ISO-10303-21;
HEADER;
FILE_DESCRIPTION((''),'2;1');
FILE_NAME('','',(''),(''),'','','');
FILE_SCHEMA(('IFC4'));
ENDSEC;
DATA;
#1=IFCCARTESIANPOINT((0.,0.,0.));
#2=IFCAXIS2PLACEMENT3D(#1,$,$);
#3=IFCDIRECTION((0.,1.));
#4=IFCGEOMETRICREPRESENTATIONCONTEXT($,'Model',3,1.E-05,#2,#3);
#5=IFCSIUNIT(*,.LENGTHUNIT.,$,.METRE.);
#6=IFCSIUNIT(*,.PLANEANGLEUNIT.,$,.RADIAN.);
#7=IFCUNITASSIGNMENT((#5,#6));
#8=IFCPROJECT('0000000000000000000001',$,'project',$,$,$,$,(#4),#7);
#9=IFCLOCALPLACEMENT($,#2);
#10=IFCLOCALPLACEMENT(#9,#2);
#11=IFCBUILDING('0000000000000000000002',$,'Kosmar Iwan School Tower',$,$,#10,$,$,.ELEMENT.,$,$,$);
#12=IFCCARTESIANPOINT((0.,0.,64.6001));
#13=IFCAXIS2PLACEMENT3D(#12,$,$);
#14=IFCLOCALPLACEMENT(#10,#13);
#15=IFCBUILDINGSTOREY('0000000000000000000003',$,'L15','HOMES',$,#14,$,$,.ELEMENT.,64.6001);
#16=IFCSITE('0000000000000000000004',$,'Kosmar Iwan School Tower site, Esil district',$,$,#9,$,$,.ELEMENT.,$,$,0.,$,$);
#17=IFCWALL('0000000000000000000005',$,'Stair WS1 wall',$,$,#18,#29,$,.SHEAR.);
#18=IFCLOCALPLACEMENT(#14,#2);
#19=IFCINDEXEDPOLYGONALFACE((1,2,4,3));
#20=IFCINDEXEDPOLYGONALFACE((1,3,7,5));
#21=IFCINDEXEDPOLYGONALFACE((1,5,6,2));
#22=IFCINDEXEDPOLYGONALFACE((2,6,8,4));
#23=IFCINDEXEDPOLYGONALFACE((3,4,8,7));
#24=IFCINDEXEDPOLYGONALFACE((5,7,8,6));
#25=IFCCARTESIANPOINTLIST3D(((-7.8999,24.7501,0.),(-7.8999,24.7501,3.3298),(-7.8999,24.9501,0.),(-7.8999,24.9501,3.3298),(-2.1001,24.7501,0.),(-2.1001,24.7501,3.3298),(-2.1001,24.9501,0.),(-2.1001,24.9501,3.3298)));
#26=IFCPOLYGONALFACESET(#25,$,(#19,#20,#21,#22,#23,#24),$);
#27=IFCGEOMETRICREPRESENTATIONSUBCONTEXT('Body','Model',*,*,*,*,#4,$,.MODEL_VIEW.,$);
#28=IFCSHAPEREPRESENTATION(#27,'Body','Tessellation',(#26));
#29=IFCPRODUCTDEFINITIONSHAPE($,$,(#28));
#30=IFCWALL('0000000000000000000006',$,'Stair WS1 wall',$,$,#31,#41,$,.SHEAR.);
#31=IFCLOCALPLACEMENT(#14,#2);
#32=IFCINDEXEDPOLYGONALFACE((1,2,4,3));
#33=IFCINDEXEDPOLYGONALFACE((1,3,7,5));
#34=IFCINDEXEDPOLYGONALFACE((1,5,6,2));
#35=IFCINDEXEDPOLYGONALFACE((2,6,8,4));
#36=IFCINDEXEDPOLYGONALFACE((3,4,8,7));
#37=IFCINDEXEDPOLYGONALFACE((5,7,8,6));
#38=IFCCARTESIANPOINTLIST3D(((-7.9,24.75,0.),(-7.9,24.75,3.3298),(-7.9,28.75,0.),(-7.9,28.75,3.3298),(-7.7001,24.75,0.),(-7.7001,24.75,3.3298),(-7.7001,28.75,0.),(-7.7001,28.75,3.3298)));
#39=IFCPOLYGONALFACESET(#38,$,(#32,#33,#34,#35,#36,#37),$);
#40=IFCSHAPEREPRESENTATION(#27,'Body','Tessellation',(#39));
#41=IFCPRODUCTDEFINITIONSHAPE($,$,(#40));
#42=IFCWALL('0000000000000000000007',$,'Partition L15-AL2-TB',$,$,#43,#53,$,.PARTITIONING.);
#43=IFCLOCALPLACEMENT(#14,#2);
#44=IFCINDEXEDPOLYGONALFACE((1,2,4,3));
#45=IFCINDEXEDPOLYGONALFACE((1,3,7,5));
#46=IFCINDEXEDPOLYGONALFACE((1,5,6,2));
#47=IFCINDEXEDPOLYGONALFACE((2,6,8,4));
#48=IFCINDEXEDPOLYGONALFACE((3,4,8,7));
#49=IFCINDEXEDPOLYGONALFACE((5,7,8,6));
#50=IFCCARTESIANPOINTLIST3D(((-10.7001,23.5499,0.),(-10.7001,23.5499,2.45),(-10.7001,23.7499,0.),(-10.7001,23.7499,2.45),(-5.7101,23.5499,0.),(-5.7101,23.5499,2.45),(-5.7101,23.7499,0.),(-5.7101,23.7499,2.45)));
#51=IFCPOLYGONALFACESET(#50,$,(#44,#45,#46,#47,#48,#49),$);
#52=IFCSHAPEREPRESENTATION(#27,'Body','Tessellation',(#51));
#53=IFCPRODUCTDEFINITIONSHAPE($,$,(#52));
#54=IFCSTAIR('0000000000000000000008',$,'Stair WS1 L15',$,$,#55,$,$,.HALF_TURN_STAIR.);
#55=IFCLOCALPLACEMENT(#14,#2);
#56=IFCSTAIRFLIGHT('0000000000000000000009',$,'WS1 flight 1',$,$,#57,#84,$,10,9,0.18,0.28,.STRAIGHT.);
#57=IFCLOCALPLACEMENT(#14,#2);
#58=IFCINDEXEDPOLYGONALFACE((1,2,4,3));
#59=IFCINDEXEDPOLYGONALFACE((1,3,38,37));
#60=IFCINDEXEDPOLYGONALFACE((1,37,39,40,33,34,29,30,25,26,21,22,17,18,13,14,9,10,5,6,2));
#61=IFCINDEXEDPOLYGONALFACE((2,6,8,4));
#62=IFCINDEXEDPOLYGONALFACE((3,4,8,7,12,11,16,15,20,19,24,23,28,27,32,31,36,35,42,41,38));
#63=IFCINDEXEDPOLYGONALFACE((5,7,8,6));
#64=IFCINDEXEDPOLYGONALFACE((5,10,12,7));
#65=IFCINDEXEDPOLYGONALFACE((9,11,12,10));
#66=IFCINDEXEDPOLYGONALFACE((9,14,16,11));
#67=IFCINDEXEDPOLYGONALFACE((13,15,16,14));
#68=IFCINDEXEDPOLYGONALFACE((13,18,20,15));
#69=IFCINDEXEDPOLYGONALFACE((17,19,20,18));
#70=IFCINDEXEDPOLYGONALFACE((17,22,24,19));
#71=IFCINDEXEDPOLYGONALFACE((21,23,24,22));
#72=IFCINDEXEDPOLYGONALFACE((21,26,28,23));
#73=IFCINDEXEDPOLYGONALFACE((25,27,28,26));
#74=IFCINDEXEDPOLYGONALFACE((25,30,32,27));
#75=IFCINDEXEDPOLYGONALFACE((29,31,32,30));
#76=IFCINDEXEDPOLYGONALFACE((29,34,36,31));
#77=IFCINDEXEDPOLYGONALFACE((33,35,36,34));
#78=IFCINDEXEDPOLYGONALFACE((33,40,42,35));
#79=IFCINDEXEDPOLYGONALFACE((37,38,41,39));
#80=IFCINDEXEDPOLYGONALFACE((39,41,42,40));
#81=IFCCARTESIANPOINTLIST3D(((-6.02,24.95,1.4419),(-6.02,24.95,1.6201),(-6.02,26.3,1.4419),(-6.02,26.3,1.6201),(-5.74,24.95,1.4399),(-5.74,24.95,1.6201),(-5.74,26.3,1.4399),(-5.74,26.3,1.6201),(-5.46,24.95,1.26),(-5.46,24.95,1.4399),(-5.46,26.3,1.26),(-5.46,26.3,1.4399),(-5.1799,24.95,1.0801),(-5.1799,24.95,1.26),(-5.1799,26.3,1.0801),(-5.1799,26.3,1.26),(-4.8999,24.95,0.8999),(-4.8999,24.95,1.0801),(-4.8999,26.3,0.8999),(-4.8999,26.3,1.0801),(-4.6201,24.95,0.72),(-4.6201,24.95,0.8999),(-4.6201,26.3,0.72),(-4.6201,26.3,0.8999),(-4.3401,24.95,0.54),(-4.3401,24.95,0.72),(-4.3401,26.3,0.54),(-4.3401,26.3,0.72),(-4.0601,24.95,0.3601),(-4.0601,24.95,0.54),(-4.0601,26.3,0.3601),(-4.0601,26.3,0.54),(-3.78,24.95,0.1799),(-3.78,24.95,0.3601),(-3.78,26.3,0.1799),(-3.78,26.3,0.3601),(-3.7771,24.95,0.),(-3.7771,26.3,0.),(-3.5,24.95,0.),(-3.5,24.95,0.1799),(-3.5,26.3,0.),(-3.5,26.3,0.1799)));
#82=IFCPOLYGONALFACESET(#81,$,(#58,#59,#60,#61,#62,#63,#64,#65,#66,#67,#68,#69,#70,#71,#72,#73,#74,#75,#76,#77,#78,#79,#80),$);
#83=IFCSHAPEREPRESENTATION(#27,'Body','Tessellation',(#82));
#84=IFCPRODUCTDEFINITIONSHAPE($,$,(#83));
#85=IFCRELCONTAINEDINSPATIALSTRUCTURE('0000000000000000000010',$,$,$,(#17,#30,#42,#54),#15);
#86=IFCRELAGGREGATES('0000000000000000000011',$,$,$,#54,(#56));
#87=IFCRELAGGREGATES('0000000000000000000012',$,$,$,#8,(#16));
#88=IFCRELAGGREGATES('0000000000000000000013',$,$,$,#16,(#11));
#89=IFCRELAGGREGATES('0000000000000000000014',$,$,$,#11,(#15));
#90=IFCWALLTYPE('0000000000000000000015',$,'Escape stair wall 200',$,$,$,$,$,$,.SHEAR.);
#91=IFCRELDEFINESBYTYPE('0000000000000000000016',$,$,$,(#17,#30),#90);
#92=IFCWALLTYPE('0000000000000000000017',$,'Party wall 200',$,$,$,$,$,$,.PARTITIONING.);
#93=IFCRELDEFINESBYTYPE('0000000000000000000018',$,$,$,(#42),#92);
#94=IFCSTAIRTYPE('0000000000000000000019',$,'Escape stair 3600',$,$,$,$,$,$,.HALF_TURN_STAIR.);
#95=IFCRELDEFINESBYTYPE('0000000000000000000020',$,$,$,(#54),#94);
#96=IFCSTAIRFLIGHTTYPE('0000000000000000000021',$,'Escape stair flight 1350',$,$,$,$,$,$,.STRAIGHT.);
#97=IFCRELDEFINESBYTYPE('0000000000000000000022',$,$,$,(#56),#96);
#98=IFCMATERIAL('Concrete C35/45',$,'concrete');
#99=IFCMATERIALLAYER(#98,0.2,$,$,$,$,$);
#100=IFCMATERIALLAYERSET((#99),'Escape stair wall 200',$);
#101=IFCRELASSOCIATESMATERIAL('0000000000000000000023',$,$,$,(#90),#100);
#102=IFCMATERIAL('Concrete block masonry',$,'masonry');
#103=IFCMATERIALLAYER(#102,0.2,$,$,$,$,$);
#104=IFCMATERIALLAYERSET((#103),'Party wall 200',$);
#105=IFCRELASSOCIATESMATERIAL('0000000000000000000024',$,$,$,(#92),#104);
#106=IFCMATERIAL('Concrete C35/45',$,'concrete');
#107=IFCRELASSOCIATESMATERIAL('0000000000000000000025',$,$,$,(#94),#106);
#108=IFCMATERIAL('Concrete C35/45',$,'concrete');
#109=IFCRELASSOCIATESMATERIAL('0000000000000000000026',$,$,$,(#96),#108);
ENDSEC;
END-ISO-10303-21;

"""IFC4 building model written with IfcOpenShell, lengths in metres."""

from ifc_helpers import new_model, si_unit, direction, frame, frame_2d, origin, place, context, subcontext, project, spatial, polyline, rectangle, outline, extrude, material, layer, layer_set, type_object, element, aggregate, save


model = new_model("IFC4")

# Units and contexts
model_context = context("Model", 3, precision=1e-05, world=origin(), true_north=direction((0.0, 1.0)))
body_context = subcontext(model_context, "Body", "Model", "MODEL_VIEW")
ifc_project = project(units=[si_unit("LENGTHUNIT", "METRE"), si_unit("PLANEANGLEUNIT", "RADIAN")], contexts=[model_context])

# Site, building, storey
site_placement = place(None, origin())
site = spatial("IfcSite", under=ifc_project, at=site_placement, Name="Kosmar Iwan School Tower site, Esil district", CompositionType="ELEMENT", RefElevation=0.0)
building_placement = place(site_placement, origin())
building = spatial("IfcBuilding", under=site, at=building_placement, Name="Kosmar Iwan School Tower", CompositionType="ELEMENT")
storey_placement = place(building_placement, frame((0.0, 0.0, 64.6001)))
storey = spatial("IfcBuildingStorey", under=building, at=storey_placement, Name="L15", Description="HOMES", CompositionType="ELEMENT", Elevation=64.6001)

# Walls
ifc_material_1 = material(Name="Concrete C35/45", Category="concrete")
ifc_layer_1 = layer(ifc_material_1, 0.2)
ifc_layer_set_1 = layer_set([ifc_layer_1], Name="Escape stair wall 200")
wall_type_1 = type_object("IfcWallType", Name="Escape stair wall 200", PredefinedType="SHEAR", material=ifc_layer_set_1)
wall_1_placement = place(storey_placement, frame((-2.1001, 24.8501, 0.0), z_axis=(0.0, 0.0, 1.0), x_axis=(-1.0, 0.0, 0.0)))
element("IfcWall", 1, at=wall_1_placement, inside=storey, type_object=wall_type_1, Name="Stair WS1 wall", PredefinedType="SHEAR", context=body_context, shape_type="SweptSolid", body=[
    extrude(rectangle(XDim=5.7998, YDim=0.2, at=frame_2d((2.8999, 0.0))), origin(), (0.0, 0.0, 1.0), 3.3298),
])
wall_2_placement = place(storey_placement, frame((-7.8, 24.75, 0.0), z_axis=(0.0, 0.0, 1.0), x_axis=(0.0, 1.0, 0.0)))
element("IfcWall", 2, at=wall_2_placement, inside=storey, type_object=wall_type_1, Name="Stair WS1 wall", PredefinedType="SHEAR", context=body_context, shape_type="SweptSolid", body=[
    extrude(rectangle(XDim=4.0, YDim=0.2, at=frame_2d((2.0, 0.0))), origin(), (0.0, 0.0, 1.0), 3.3298),
])
ifc_material_2 = material(Name="Concrete block masonry", Category="masonry")
ifc_layer_2 = layer(ifc_material_2, 0.2)
ifc_layer_set_2 = layer_set([ifc_layer_2], Name="Party wall 200")
wall_type_2 = type_object("IfcWallType", Name="Party wall 200", PredefinedType="PARTITIONING", material=ifc_layer_set_2)
wall_3_placement = place(storey_placement, frame((-5.71, 23.6499, 0.0), z_axis=(0.0, 0.0, 1.0), x_axis=(-1.0, 0.0, 0.0)))
element("IfcWall", 3, at=wall_3_placement, inside=storey, type_object=wall_type_2, Name="Partition L15-AL2-TB", PredefinedType="PARTITIONING", context=body_context, shape_type="SweptSolid", body=[
    extrude(rectangle(XDim=4.99, YDim=0.2, at=frame_2d((2.4951, 0.0))), origin(), (0.0, 0.0, 1.0), 2.45),
])

# Stair, stair flight
ifc_material_3 = material(Name="Concrete C35/45", Category="concrete")
stair_type = type_object("IfcStairType", Name="Escape stair 3600", PredefinedType="HALF_TURN_STAIR", material=ifc_material_3)
stair_placement = place(storey_placement, origin())
stair = element("IfcStair", 4, at=stair_placement, inside=storey, type_object=stair_type, Name="Stair WS1 L15", PredefinedType="HALF_TURN_STAIR")
ifc_material_4 = material(Name="Concrete C35/45", Category="concrete")
stair_flight_type = type_object("IfcStairFlightType", Name="Escape stair flight 1350", PredefinedType="STRAIGHT", material=ifc_material_4)
stair_flight_placement = place(storey_placement, frame((-3.5, 25.625, 0.0), z_axis=(0.0, 0.0, 1.0), x_axis=(-1.0, 0.0, 0.0)))
stair_flight = element("IfcStairFlight", 5, at=stair_flight_placement, type_object=stair_flight_type, Name="WS1 flight 1", NumberOfRisers=10, NumberOfTreads=9, PredefinedType="STRAIGHT", RiserHeight=0.18, TreadLength=0.28, context=body_context, shape_type="SweptSolid", body=[
    extrude(outline(polyline([(0.0, 0.0), (0.0, 0.1799), (0.28, 0.1799), (0.28, 0.3601), (0.5601, 0.3601), (0.5601, 0.54), (0.8401, 0.54), (0.8401, 0.72), (1.1201, 0.72), (1.1201, 0.8999), (1.3999, 0.8999), (1.3999, 1.0801), (1.6799, 1.0801), (1.6799, 1.26), (1.96, 1.26), (1.96, 1.4399), (2.24, 1.4399), (2.24, 1.6201), (2.52, 1.6201), (2.52, 1.8), (2.52, 1.4419), (0.2771, 0.0), (0.0, 0.0)])), frame((0.0, 0.675, 0.0), z_axis=(0.0, -1.0, 0.0), x_axis=(1.0, 0.0, 0.0)), (0.0, 0.0, 1.0), 1.3501),
])
aggregate(stair, [stair_flight])

save(model, "model.ifc")
